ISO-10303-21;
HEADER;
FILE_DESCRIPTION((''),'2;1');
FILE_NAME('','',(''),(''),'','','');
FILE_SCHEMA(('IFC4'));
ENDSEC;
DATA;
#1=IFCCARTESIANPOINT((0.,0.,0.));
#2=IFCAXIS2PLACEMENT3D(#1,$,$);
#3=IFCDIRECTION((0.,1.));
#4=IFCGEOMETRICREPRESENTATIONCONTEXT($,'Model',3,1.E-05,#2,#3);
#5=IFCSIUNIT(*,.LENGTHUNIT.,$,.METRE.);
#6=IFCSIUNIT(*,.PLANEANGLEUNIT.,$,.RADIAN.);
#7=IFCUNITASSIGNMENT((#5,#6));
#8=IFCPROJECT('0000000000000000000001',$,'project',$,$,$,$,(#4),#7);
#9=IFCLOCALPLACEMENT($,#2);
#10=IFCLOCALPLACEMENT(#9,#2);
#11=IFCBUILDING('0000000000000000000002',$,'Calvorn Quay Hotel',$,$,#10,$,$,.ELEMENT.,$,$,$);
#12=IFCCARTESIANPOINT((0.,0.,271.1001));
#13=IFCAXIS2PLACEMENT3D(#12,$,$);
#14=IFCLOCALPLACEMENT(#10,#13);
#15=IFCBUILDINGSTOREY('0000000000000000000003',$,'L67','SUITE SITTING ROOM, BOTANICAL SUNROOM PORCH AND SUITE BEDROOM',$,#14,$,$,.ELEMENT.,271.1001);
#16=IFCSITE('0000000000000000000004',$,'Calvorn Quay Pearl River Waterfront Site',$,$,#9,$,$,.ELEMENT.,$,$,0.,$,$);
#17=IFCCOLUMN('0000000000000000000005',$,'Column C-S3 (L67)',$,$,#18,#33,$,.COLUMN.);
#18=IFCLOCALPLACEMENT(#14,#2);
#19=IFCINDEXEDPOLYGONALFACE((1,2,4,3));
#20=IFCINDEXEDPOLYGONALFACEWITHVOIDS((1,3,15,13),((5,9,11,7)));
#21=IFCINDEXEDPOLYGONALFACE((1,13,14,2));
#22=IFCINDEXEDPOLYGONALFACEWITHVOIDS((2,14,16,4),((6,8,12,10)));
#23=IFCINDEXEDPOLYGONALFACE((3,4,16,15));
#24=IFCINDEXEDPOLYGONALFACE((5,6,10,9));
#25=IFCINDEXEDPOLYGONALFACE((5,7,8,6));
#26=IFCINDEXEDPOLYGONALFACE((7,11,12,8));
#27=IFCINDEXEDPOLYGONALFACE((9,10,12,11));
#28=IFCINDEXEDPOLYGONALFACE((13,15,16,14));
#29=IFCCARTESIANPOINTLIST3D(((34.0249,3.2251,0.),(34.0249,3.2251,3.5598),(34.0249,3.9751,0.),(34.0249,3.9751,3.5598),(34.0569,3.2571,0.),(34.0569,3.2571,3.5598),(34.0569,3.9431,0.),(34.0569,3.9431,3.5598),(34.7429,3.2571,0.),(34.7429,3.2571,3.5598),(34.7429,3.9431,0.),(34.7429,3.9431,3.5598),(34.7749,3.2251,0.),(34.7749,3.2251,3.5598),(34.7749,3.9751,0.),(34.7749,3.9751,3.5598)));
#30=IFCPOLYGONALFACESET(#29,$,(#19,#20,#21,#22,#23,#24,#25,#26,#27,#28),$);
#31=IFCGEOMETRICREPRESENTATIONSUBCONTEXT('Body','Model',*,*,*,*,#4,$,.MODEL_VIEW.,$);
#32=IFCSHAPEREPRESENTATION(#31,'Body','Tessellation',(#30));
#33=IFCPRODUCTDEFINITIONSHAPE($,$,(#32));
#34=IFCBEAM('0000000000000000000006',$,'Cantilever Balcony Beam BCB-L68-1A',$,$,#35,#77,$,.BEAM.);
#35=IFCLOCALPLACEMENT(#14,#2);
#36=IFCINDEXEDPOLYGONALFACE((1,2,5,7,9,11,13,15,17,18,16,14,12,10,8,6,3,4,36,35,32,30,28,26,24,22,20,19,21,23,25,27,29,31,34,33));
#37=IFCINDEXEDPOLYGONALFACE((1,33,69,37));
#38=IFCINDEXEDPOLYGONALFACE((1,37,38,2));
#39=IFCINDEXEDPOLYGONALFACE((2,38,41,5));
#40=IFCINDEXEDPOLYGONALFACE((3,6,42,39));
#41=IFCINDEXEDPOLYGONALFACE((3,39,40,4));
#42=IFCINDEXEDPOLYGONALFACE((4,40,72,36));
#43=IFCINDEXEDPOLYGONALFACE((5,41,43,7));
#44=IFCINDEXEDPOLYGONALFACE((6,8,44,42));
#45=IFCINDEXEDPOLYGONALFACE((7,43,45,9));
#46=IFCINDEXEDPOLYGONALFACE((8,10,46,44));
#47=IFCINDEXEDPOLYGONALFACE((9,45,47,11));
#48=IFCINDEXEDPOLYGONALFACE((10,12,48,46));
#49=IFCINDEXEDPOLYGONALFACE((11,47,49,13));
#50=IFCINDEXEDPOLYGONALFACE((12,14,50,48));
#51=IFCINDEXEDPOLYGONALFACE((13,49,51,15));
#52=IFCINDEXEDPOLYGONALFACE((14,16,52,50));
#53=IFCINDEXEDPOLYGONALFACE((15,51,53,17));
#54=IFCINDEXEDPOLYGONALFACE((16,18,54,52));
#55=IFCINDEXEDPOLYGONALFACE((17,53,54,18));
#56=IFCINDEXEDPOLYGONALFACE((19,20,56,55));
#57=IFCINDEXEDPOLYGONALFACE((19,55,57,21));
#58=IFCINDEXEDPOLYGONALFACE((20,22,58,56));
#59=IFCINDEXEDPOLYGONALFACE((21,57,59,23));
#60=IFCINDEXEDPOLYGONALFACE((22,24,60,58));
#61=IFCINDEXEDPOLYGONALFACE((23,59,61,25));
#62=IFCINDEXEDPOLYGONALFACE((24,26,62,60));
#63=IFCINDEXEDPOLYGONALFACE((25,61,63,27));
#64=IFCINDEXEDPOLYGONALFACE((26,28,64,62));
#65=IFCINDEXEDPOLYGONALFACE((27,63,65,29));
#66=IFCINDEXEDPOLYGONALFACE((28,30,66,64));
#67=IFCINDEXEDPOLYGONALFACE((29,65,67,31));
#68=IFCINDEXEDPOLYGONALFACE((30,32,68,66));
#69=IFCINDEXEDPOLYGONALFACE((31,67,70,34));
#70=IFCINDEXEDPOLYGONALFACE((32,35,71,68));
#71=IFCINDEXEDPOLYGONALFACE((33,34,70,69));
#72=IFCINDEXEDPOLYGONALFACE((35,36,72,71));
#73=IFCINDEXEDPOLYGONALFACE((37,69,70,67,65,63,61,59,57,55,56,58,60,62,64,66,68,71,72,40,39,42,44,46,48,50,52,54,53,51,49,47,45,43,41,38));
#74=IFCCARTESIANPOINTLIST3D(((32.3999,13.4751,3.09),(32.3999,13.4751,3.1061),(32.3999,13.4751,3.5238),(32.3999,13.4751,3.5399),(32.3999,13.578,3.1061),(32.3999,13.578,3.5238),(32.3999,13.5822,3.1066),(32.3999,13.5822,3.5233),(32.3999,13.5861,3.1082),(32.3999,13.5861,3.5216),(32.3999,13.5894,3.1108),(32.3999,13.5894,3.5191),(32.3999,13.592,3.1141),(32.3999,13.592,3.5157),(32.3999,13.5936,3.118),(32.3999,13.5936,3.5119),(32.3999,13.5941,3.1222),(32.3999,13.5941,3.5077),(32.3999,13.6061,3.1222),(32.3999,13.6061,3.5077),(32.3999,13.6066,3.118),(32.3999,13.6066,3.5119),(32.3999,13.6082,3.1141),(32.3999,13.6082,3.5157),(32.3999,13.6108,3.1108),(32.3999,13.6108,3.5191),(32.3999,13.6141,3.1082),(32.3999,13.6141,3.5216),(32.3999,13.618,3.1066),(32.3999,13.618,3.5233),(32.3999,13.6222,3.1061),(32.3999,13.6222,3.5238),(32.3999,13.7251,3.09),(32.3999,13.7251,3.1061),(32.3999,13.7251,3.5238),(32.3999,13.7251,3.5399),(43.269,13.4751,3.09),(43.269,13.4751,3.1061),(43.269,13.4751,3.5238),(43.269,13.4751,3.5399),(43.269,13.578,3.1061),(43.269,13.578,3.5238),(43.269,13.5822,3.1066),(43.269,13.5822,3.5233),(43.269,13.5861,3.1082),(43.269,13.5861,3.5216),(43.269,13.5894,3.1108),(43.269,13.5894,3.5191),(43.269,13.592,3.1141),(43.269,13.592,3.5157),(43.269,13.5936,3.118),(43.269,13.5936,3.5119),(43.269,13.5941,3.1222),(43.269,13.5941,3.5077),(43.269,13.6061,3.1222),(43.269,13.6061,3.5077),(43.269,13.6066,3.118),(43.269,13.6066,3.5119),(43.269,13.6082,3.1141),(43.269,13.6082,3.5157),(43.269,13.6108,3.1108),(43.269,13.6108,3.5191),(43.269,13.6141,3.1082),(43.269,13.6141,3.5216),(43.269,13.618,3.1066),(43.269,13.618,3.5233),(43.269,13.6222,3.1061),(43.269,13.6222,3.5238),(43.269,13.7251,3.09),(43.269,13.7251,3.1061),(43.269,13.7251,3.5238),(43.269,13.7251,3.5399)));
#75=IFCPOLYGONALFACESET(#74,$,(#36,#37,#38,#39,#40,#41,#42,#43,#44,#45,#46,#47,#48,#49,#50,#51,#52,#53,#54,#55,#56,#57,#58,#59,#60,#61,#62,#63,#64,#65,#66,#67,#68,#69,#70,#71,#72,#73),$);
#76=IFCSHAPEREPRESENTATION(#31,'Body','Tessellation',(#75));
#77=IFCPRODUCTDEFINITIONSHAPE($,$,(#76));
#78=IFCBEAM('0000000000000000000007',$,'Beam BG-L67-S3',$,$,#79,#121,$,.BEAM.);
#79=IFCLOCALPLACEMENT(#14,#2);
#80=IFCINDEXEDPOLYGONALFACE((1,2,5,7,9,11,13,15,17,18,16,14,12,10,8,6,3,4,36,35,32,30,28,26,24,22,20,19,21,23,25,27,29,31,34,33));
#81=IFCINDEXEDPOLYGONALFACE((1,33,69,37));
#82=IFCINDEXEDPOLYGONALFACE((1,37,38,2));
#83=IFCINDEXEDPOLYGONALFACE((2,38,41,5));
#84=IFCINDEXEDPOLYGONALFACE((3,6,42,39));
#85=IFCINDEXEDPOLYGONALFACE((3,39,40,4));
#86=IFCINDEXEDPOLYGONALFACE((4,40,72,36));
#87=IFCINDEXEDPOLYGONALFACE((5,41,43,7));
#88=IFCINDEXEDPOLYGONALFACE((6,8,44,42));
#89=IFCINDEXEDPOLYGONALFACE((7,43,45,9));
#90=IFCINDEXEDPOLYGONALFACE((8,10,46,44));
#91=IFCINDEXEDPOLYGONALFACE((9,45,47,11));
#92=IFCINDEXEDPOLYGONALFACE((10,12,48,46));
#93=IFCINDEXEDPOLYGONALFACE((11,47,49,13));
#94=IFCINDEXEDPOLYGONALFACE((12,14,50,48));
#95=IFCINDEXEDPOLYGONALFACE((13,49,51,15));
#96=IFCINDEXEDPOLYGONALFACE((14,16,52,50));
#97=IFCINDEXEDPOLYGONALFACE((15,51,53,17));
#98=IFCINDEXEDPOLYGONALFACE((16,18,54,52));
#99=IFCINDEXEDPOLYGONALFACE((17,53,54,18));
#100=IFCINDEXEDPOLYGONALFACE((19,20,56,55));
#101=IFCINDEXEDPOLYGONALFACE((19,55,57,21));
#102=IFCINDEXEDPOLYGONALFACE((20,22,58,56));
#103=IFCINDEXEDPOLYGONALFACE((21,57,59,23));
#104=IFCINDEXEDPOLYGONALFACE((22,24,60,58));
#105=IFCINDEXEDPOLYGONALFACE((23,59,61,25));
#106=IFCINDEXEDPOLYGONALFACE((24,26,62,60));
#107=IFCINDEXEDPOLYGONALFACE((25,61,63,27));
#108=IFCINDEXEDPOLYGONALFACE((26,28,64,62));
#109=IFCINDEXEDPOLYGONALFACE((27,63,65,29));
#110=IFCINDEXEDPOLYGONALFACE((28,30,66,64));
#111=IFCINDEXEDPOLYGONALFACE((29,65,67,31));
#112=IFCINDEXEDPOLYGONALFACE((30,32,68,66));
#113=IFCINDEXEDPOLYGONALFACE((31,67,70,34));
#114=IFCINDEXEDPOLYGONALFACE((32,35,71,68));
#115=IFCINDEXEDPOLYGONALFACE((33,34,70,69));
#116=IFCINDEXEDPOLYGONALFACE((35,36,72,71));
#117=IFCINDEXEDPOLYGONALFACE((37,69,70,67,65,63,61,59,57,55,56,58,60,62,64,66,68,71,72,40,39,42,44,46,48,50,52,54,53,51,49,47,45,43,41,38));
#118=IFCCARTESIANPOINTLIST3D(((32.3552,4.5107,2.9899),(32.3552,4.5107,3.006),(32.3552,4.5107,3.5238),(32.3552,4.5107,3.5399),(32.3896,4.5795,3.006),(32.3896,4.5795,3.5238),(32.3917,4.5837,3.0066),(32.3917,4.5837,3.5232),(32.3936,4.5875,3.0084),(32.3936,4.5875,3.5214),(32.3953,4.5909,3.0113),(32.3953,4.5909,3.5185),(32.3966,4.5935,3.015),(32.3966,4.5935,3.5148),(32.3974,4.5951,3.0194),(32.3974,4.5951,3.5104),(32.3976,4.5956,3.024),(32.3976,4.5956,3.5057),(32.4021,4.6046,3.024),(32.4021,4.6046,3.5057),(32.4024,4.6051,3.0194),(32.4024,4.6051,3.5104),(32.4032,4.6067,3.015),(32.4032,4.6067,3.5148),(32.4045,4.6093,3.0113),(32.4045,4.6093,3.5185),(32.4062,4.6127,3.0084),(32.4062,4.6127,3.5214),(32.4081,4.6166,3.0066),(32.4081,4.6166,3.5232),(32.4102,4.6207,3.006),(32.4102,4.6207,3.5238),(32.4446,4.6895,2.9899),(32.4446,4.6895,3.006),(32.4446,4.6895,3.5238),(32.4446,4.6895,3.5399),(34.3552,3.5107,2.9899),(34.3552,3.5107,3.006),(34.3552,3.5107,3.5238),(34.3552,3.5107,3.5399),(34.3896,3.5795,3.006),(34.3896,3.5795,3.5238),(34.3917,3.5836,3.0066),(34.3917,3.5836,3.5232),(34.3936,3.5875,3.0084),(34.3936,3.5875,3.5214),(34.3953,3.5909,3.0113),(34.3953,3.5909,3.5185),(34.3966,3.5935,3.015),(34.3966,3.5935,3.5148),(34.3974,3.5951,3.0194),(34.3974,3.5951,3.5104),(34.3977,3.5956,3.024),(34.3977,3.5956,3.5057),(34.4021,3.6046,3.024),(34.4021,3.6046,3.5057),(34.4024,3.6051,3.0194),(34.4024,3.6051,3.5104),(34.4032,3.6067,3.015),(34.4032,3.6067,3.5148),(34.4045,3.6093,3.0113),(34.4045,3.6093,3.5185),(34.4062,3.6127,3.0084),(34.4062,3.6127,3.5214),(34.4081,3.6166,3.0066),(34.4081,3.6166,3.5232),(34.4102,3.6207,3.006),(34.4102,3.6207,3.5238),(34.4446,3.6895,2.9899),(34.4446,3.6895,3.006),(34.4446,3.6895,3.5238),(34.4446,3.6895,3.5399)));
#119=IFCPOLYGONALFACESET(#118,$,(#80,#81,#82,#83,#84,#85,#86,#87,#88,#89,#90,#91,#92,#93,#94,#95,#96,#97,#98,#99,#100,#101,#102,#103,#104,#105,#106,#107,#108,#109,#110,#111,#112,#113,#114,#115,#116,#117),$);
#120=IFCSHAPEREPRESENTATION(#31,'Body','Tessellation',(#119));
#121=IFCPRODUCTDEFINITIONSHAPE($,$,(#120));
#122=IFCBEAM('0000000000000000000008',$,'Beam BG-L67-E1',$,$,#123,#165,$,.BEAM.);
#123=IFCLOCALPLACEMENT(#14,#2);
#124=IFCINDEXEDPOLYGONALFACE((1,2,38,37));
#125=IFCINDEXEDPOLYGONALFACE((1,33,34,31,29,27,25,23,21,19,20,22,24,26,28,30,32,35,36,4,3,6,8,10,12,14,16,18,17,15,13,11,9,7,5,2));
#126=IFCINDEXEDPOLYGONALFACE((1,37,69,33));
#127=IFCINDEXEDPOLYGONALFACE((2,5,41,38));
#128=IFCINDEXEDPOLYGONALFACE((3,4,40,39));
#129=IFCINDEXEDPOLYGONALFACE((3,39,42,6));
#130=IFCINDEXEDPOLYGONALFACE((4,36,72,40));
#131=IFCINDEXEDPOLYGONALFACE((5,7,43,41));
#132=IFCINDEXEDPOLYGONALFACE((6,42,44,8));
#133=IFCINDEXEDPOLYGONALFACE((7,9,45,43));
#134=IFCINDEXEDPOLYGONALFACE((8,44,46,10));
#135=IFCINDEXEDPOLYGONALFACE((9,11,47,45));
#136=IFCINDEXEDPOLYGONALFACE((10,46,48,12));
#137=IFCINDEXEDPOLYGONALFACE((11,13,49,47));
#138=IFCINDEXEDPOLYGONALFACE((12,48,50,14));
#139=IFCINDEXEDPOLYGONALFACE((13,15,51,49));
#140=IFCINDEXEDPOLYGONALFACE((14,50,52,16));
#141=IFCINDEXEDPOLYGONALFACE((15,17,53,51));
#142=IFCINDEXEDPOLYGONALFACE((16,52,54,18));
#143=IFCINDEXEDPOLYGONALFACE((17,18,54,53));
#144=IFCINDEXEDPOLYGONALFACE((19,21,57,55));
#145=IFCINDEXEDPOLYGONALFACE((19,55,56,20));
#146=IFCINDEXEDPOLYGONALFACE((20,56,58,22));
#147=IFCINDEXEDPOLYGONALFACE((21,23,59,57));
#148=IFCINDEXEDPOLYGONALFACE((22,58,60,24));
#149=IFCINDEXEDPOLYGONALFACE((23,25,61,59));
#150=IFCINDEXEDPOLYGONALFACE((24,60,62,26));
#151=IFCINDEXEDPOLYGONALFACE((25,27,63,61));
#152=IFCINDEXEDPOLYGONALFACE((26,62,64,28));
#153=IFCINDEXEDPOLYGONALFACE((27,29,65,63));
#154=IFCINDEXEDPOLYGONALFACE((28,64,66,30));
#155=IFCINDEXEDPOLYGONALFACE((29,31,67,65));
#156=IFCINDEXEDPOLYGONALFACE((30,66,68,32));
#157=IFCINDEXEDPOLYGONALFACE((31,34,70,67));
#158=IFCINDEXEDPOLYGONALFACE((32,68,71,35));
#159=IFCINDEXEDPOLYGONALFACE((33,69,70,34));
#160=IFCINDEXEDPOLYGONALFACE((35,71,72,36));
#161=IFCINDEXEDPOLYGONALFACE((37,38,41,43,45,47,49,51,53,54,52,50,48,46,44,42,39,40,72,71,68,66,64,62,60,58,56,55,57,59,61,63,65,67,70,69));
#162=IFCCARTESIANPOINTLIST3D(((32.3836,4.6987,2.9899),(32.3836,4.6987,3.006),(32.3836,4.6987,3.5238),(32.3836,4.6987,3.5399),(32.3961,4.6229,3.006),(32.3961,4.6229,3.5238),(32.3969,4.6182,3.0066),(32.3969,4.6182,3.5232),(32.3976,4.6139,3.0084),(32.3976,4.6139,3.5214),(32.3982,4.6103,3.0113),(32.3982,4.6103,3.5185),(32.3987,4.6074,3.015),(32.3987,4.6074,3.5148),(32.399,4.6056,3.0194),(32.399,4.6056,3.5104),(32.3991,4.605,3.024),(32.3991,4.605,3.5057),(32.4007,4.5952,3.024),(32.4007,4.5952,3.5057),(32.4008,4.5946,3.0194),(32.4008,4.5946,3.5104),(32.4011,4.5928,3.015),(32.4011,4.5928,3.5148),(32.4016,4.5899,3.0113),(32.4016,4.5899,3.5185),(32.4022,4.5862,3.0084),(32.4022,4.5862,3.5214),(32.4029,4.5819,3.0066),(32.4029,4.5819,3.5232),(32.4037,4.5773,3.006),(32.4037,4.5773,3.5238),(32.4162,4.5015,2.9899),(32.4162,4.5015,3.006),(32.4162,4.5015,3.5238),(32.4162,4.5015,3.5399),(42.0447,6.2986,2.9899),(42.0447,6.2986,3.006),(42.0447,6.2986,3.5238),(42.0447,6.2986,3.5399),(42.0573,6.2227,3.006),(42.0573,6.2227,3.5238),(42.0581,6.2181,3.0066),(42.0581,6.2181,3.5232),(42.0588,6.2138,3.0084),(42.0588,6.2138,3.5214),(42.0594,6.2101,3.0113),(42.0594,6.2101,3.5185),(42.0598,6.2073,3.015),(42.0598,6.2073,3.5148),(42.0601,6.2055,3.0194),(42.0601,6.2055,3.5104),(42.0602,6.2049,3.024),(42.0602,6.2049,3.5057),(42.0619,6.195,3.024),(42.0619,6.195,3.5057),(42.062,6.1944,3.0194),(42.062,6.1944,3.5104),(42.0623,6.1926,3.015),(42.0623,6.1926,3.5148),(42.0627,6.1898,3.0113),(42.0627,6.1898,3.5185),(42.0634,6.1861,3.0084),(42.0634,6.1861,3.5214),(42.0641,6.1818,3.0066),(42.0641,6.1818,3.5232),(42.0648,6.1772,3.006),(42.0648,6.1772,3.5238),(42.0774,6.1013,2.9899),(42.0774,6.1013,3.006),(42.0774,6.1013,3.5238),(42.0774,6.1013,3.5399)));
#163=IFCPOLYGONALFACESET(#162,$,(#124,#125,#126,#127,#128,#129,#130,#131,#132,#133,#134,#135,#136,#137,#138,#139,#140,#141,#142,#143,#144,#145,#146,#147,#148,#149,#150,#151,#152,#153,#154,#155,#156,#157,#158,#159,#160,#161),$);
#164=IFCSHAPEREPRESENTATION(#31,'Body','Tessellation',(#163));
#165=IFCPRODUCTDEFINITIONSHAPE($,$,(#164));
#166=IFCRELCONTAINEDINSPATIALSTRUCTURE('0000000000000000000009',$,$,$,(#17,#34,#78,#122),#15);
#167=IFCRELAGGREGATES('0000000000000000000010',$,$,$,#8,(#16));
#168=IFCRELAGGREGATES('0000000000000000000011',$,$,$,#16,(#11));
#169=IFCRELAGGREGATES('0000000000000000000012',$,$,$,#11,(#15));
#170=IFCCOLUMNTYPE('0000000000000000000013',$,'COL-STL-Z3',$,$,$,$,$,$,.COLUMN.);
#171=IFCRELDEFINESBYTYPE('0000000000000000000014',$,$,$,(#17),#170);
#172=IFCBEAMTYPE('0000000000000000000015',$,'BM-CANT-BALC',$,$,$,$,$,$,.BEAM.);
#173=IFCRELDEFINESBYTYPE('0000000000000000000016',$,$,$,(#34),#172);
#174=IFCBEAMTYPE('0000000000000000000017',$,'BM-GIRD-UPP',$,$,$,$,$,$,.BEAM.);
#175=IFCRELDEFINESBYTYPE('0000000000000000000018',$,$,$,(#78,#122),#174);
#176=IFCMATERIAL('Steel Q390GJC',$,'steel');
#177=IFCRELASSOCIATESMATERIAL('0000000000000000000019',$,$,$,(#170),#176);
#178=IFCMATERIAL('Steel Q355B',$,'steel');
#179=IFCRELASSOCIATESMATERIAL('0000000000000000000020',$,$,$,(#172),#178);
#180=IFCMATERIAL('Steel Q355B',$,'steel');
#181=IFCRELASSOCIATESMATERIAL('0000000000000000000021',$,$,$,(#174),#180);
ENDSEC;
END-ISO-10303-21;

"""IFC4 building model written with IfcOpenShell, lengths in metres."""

from ifc_helpers import new_model, si_unit, direction, frame, origin, origin_2d, place, context, subcontext, project, spatial, hollow_rectangle, i_section, extrude, material, material_profile, profile_set, type_object, element, save


model = new_model("IFC4")

# Units and contexts
model_context = context("Model", 3, precision=1e-05, world=origin(), true_north=direction((0.0, 1.0)))
body_context = subcontext(model_context, "Body", "Model", "MODEL_VIEW")
ifc_project = project(units=[si_unit("LENGTHUNIT", "METRE"), si_unit("PLANEANGLEUNIT", "RADIAN")], contexts=[model_context])

# Site, building, storey
site_placement = place(None, origin())
site = spatial("IfcSite", under=ifc_project, at=site_placement, Name="Calvorn Quay Pearl River Waterfront Site", CompositionType="ELEMENT", RefElevation=0.0)
building_placement = place(site_placement, origin())
building = spatial("IfcBuilding", under=site, at=building_placement, Name="Calvorn Quay Hotel", CompositionType="ELEMENT")
storey_placement = place(building_placement, frame((0.0, 0.0, 271.1001)))
storey = spatial("IfcBuildingStorey", under=building, at=storey_placement, Name="L67", Description="SUITE SITTING ROOM, BOTANICAL SUNROOM PORCH AND SUITE BEDROOM", CompositionType="ELEMENT", Elevation=271.1001)

# Column
ifc_material_1 = material(Name="Steel Q390GJC", Category="steel")
ifc_material_profile_1 = material_profile(ifc_material_1, hollow_rectangle(XDim=0.75, YDim=0.75, WallThickness=0.032, at=origin_2d()), Name="BOX750x750x32")
ifc_profile_set_1 = profile_set([ifc_material_profile_1], Name="Steel Q390GJC")
column_type = type_object("IfcColumnType", Name="COL-STL-Z3", PredefinedType="COLUMN", material=ifc_profile_set_1)
column_placement = place(storey_placement, frame((34.3999, 3.6001, 0.0), z_axis=(0.0, 0.0, 1.0), x_axis=(1.0, 0.0, 0.0)))
element("IfcColumn", 1, at=column_placement, inside=storey, type_object=column_type, Name="Column C-S3 (L67)", PredefinedType="COLUMN", context=body_context, shape_type="SweptSolid", body=[
    extrude(hollow_rectangle(XDim=0.75, YDim=0.75, WallThickness=0.032, at=origin_2d()), origin(), (0.0, 0.0, 1.0), 3.5598),
])

# Beams
ifc_material_2 = material(Name="Steel Q355B", Category="steel")
ifc_material_profile_2 = material_profile(ifc_material_2, i_section(OverallWidth=0.25, OverallDepth=0.45, WebThickness=0.012, FlangeThickness=0.0161, FilletRadius=0.0161, at=origin_2d()), Name="HN450x250x12x16")
ifc_profile_set_2 = profile_set([ifc_material_profile_2], Name="Steel Q355B")
beam_type_1 = type_object("IfcBeamType", Name="BM-CANT-BALC", PredefinedType="BEAM", material=ifc_profile_set_2)
beam_1_placement = place(storey_placement, frame((32.3999, 13.6001, 3.3149), z_axis=(1.0, 0.0, 0.0), x_axis=(0.0, 1.0, 0.0)))
element("IfcBeam", 2, at=beam_1_placement, inside=storey, type_object=beam_type_1, Name="Cantilever Balcony Beam BCB-L68-1A", PredefinedType="BEAM", context=body_context, shape_type="SweptSolid", body=[
    extrude(i_section(OverallWidth=0.25, OverallDepth=0.45, WebThickness=0.012, FlangeThickness=0.0161, FilletRadius=0.0161, at=origin_2d()), origin(), (0.0, 0.0, 1.0), 10.8691),
])
ifc_material_3 = material(Name="Steel Q355B", Category="steel")
ifc_material_profile_3 = material_profile(ifc_material_3, i_section(OverallWidth=0.2, OverallDepth=0.55, WebThickness=0.01, FlangeThickness=0.0161, FilletRadius=0.0181, at=origin_2d()), Name="HN550x200x10x16")
ifc_profile_set_3 = profile_set([ifc_material_profile_3], Name="Steel Q355B")
beam_type_2 = type_object("IfcBeamType", Name="BM-GIRD-UPP", PredefinedType="BEAM", material=ifc_profile_set_3)
beam_2_placement = place(storey_placement, frame((34.3999, 3.6001, 3.2649), z_axis=(-0.894427, 0.447214, 0.0), x_axis=(-0.447214, -0.894427, 0.0)))
element("IfcBeam", 3, at=beam_2_placement, inside=storey, type_object=beam_type_2, Name="Beam BG-L67-S3", PredefinedType="BEAM", context=body_context, shape_type="SweptSolid", body=[
    extrude(i_section(OverallWidth=0.2, OverallDepth=0.55, WebThickness=0.01, FlangeThickness=0.0161, FilletRadius=0.0181, at=origin_2d()), origin(), (0.0, 0.0, 1.0), 2.2361),
])
beam_3_placement = place(storey_placement, frame((32.3999, 4.6001, 3.2649), z_axis=(0.986565, 0.163372, 0.0), x_axis=(-0.163372, 0.986565, 0.0)))
element("IfcBeam", 4, at=beam_3_placement, inside=storey, type_object=beam_type_2, Name="Beam BG-L67-E1", PredefinedType="BEAM", context=body_context, shape_type="SweptSolid", body=[
    extrude(i_section(OverallWidth=0.2, OverallDepth=0.55, WebThickness=0.01, FlangeThickness=0.0161, FilletRadius=0.0181, at=origin_2d()), origin(), (0.0, 0.0, 1.0), 9.7927),
])

save(model, "model.ifc")
